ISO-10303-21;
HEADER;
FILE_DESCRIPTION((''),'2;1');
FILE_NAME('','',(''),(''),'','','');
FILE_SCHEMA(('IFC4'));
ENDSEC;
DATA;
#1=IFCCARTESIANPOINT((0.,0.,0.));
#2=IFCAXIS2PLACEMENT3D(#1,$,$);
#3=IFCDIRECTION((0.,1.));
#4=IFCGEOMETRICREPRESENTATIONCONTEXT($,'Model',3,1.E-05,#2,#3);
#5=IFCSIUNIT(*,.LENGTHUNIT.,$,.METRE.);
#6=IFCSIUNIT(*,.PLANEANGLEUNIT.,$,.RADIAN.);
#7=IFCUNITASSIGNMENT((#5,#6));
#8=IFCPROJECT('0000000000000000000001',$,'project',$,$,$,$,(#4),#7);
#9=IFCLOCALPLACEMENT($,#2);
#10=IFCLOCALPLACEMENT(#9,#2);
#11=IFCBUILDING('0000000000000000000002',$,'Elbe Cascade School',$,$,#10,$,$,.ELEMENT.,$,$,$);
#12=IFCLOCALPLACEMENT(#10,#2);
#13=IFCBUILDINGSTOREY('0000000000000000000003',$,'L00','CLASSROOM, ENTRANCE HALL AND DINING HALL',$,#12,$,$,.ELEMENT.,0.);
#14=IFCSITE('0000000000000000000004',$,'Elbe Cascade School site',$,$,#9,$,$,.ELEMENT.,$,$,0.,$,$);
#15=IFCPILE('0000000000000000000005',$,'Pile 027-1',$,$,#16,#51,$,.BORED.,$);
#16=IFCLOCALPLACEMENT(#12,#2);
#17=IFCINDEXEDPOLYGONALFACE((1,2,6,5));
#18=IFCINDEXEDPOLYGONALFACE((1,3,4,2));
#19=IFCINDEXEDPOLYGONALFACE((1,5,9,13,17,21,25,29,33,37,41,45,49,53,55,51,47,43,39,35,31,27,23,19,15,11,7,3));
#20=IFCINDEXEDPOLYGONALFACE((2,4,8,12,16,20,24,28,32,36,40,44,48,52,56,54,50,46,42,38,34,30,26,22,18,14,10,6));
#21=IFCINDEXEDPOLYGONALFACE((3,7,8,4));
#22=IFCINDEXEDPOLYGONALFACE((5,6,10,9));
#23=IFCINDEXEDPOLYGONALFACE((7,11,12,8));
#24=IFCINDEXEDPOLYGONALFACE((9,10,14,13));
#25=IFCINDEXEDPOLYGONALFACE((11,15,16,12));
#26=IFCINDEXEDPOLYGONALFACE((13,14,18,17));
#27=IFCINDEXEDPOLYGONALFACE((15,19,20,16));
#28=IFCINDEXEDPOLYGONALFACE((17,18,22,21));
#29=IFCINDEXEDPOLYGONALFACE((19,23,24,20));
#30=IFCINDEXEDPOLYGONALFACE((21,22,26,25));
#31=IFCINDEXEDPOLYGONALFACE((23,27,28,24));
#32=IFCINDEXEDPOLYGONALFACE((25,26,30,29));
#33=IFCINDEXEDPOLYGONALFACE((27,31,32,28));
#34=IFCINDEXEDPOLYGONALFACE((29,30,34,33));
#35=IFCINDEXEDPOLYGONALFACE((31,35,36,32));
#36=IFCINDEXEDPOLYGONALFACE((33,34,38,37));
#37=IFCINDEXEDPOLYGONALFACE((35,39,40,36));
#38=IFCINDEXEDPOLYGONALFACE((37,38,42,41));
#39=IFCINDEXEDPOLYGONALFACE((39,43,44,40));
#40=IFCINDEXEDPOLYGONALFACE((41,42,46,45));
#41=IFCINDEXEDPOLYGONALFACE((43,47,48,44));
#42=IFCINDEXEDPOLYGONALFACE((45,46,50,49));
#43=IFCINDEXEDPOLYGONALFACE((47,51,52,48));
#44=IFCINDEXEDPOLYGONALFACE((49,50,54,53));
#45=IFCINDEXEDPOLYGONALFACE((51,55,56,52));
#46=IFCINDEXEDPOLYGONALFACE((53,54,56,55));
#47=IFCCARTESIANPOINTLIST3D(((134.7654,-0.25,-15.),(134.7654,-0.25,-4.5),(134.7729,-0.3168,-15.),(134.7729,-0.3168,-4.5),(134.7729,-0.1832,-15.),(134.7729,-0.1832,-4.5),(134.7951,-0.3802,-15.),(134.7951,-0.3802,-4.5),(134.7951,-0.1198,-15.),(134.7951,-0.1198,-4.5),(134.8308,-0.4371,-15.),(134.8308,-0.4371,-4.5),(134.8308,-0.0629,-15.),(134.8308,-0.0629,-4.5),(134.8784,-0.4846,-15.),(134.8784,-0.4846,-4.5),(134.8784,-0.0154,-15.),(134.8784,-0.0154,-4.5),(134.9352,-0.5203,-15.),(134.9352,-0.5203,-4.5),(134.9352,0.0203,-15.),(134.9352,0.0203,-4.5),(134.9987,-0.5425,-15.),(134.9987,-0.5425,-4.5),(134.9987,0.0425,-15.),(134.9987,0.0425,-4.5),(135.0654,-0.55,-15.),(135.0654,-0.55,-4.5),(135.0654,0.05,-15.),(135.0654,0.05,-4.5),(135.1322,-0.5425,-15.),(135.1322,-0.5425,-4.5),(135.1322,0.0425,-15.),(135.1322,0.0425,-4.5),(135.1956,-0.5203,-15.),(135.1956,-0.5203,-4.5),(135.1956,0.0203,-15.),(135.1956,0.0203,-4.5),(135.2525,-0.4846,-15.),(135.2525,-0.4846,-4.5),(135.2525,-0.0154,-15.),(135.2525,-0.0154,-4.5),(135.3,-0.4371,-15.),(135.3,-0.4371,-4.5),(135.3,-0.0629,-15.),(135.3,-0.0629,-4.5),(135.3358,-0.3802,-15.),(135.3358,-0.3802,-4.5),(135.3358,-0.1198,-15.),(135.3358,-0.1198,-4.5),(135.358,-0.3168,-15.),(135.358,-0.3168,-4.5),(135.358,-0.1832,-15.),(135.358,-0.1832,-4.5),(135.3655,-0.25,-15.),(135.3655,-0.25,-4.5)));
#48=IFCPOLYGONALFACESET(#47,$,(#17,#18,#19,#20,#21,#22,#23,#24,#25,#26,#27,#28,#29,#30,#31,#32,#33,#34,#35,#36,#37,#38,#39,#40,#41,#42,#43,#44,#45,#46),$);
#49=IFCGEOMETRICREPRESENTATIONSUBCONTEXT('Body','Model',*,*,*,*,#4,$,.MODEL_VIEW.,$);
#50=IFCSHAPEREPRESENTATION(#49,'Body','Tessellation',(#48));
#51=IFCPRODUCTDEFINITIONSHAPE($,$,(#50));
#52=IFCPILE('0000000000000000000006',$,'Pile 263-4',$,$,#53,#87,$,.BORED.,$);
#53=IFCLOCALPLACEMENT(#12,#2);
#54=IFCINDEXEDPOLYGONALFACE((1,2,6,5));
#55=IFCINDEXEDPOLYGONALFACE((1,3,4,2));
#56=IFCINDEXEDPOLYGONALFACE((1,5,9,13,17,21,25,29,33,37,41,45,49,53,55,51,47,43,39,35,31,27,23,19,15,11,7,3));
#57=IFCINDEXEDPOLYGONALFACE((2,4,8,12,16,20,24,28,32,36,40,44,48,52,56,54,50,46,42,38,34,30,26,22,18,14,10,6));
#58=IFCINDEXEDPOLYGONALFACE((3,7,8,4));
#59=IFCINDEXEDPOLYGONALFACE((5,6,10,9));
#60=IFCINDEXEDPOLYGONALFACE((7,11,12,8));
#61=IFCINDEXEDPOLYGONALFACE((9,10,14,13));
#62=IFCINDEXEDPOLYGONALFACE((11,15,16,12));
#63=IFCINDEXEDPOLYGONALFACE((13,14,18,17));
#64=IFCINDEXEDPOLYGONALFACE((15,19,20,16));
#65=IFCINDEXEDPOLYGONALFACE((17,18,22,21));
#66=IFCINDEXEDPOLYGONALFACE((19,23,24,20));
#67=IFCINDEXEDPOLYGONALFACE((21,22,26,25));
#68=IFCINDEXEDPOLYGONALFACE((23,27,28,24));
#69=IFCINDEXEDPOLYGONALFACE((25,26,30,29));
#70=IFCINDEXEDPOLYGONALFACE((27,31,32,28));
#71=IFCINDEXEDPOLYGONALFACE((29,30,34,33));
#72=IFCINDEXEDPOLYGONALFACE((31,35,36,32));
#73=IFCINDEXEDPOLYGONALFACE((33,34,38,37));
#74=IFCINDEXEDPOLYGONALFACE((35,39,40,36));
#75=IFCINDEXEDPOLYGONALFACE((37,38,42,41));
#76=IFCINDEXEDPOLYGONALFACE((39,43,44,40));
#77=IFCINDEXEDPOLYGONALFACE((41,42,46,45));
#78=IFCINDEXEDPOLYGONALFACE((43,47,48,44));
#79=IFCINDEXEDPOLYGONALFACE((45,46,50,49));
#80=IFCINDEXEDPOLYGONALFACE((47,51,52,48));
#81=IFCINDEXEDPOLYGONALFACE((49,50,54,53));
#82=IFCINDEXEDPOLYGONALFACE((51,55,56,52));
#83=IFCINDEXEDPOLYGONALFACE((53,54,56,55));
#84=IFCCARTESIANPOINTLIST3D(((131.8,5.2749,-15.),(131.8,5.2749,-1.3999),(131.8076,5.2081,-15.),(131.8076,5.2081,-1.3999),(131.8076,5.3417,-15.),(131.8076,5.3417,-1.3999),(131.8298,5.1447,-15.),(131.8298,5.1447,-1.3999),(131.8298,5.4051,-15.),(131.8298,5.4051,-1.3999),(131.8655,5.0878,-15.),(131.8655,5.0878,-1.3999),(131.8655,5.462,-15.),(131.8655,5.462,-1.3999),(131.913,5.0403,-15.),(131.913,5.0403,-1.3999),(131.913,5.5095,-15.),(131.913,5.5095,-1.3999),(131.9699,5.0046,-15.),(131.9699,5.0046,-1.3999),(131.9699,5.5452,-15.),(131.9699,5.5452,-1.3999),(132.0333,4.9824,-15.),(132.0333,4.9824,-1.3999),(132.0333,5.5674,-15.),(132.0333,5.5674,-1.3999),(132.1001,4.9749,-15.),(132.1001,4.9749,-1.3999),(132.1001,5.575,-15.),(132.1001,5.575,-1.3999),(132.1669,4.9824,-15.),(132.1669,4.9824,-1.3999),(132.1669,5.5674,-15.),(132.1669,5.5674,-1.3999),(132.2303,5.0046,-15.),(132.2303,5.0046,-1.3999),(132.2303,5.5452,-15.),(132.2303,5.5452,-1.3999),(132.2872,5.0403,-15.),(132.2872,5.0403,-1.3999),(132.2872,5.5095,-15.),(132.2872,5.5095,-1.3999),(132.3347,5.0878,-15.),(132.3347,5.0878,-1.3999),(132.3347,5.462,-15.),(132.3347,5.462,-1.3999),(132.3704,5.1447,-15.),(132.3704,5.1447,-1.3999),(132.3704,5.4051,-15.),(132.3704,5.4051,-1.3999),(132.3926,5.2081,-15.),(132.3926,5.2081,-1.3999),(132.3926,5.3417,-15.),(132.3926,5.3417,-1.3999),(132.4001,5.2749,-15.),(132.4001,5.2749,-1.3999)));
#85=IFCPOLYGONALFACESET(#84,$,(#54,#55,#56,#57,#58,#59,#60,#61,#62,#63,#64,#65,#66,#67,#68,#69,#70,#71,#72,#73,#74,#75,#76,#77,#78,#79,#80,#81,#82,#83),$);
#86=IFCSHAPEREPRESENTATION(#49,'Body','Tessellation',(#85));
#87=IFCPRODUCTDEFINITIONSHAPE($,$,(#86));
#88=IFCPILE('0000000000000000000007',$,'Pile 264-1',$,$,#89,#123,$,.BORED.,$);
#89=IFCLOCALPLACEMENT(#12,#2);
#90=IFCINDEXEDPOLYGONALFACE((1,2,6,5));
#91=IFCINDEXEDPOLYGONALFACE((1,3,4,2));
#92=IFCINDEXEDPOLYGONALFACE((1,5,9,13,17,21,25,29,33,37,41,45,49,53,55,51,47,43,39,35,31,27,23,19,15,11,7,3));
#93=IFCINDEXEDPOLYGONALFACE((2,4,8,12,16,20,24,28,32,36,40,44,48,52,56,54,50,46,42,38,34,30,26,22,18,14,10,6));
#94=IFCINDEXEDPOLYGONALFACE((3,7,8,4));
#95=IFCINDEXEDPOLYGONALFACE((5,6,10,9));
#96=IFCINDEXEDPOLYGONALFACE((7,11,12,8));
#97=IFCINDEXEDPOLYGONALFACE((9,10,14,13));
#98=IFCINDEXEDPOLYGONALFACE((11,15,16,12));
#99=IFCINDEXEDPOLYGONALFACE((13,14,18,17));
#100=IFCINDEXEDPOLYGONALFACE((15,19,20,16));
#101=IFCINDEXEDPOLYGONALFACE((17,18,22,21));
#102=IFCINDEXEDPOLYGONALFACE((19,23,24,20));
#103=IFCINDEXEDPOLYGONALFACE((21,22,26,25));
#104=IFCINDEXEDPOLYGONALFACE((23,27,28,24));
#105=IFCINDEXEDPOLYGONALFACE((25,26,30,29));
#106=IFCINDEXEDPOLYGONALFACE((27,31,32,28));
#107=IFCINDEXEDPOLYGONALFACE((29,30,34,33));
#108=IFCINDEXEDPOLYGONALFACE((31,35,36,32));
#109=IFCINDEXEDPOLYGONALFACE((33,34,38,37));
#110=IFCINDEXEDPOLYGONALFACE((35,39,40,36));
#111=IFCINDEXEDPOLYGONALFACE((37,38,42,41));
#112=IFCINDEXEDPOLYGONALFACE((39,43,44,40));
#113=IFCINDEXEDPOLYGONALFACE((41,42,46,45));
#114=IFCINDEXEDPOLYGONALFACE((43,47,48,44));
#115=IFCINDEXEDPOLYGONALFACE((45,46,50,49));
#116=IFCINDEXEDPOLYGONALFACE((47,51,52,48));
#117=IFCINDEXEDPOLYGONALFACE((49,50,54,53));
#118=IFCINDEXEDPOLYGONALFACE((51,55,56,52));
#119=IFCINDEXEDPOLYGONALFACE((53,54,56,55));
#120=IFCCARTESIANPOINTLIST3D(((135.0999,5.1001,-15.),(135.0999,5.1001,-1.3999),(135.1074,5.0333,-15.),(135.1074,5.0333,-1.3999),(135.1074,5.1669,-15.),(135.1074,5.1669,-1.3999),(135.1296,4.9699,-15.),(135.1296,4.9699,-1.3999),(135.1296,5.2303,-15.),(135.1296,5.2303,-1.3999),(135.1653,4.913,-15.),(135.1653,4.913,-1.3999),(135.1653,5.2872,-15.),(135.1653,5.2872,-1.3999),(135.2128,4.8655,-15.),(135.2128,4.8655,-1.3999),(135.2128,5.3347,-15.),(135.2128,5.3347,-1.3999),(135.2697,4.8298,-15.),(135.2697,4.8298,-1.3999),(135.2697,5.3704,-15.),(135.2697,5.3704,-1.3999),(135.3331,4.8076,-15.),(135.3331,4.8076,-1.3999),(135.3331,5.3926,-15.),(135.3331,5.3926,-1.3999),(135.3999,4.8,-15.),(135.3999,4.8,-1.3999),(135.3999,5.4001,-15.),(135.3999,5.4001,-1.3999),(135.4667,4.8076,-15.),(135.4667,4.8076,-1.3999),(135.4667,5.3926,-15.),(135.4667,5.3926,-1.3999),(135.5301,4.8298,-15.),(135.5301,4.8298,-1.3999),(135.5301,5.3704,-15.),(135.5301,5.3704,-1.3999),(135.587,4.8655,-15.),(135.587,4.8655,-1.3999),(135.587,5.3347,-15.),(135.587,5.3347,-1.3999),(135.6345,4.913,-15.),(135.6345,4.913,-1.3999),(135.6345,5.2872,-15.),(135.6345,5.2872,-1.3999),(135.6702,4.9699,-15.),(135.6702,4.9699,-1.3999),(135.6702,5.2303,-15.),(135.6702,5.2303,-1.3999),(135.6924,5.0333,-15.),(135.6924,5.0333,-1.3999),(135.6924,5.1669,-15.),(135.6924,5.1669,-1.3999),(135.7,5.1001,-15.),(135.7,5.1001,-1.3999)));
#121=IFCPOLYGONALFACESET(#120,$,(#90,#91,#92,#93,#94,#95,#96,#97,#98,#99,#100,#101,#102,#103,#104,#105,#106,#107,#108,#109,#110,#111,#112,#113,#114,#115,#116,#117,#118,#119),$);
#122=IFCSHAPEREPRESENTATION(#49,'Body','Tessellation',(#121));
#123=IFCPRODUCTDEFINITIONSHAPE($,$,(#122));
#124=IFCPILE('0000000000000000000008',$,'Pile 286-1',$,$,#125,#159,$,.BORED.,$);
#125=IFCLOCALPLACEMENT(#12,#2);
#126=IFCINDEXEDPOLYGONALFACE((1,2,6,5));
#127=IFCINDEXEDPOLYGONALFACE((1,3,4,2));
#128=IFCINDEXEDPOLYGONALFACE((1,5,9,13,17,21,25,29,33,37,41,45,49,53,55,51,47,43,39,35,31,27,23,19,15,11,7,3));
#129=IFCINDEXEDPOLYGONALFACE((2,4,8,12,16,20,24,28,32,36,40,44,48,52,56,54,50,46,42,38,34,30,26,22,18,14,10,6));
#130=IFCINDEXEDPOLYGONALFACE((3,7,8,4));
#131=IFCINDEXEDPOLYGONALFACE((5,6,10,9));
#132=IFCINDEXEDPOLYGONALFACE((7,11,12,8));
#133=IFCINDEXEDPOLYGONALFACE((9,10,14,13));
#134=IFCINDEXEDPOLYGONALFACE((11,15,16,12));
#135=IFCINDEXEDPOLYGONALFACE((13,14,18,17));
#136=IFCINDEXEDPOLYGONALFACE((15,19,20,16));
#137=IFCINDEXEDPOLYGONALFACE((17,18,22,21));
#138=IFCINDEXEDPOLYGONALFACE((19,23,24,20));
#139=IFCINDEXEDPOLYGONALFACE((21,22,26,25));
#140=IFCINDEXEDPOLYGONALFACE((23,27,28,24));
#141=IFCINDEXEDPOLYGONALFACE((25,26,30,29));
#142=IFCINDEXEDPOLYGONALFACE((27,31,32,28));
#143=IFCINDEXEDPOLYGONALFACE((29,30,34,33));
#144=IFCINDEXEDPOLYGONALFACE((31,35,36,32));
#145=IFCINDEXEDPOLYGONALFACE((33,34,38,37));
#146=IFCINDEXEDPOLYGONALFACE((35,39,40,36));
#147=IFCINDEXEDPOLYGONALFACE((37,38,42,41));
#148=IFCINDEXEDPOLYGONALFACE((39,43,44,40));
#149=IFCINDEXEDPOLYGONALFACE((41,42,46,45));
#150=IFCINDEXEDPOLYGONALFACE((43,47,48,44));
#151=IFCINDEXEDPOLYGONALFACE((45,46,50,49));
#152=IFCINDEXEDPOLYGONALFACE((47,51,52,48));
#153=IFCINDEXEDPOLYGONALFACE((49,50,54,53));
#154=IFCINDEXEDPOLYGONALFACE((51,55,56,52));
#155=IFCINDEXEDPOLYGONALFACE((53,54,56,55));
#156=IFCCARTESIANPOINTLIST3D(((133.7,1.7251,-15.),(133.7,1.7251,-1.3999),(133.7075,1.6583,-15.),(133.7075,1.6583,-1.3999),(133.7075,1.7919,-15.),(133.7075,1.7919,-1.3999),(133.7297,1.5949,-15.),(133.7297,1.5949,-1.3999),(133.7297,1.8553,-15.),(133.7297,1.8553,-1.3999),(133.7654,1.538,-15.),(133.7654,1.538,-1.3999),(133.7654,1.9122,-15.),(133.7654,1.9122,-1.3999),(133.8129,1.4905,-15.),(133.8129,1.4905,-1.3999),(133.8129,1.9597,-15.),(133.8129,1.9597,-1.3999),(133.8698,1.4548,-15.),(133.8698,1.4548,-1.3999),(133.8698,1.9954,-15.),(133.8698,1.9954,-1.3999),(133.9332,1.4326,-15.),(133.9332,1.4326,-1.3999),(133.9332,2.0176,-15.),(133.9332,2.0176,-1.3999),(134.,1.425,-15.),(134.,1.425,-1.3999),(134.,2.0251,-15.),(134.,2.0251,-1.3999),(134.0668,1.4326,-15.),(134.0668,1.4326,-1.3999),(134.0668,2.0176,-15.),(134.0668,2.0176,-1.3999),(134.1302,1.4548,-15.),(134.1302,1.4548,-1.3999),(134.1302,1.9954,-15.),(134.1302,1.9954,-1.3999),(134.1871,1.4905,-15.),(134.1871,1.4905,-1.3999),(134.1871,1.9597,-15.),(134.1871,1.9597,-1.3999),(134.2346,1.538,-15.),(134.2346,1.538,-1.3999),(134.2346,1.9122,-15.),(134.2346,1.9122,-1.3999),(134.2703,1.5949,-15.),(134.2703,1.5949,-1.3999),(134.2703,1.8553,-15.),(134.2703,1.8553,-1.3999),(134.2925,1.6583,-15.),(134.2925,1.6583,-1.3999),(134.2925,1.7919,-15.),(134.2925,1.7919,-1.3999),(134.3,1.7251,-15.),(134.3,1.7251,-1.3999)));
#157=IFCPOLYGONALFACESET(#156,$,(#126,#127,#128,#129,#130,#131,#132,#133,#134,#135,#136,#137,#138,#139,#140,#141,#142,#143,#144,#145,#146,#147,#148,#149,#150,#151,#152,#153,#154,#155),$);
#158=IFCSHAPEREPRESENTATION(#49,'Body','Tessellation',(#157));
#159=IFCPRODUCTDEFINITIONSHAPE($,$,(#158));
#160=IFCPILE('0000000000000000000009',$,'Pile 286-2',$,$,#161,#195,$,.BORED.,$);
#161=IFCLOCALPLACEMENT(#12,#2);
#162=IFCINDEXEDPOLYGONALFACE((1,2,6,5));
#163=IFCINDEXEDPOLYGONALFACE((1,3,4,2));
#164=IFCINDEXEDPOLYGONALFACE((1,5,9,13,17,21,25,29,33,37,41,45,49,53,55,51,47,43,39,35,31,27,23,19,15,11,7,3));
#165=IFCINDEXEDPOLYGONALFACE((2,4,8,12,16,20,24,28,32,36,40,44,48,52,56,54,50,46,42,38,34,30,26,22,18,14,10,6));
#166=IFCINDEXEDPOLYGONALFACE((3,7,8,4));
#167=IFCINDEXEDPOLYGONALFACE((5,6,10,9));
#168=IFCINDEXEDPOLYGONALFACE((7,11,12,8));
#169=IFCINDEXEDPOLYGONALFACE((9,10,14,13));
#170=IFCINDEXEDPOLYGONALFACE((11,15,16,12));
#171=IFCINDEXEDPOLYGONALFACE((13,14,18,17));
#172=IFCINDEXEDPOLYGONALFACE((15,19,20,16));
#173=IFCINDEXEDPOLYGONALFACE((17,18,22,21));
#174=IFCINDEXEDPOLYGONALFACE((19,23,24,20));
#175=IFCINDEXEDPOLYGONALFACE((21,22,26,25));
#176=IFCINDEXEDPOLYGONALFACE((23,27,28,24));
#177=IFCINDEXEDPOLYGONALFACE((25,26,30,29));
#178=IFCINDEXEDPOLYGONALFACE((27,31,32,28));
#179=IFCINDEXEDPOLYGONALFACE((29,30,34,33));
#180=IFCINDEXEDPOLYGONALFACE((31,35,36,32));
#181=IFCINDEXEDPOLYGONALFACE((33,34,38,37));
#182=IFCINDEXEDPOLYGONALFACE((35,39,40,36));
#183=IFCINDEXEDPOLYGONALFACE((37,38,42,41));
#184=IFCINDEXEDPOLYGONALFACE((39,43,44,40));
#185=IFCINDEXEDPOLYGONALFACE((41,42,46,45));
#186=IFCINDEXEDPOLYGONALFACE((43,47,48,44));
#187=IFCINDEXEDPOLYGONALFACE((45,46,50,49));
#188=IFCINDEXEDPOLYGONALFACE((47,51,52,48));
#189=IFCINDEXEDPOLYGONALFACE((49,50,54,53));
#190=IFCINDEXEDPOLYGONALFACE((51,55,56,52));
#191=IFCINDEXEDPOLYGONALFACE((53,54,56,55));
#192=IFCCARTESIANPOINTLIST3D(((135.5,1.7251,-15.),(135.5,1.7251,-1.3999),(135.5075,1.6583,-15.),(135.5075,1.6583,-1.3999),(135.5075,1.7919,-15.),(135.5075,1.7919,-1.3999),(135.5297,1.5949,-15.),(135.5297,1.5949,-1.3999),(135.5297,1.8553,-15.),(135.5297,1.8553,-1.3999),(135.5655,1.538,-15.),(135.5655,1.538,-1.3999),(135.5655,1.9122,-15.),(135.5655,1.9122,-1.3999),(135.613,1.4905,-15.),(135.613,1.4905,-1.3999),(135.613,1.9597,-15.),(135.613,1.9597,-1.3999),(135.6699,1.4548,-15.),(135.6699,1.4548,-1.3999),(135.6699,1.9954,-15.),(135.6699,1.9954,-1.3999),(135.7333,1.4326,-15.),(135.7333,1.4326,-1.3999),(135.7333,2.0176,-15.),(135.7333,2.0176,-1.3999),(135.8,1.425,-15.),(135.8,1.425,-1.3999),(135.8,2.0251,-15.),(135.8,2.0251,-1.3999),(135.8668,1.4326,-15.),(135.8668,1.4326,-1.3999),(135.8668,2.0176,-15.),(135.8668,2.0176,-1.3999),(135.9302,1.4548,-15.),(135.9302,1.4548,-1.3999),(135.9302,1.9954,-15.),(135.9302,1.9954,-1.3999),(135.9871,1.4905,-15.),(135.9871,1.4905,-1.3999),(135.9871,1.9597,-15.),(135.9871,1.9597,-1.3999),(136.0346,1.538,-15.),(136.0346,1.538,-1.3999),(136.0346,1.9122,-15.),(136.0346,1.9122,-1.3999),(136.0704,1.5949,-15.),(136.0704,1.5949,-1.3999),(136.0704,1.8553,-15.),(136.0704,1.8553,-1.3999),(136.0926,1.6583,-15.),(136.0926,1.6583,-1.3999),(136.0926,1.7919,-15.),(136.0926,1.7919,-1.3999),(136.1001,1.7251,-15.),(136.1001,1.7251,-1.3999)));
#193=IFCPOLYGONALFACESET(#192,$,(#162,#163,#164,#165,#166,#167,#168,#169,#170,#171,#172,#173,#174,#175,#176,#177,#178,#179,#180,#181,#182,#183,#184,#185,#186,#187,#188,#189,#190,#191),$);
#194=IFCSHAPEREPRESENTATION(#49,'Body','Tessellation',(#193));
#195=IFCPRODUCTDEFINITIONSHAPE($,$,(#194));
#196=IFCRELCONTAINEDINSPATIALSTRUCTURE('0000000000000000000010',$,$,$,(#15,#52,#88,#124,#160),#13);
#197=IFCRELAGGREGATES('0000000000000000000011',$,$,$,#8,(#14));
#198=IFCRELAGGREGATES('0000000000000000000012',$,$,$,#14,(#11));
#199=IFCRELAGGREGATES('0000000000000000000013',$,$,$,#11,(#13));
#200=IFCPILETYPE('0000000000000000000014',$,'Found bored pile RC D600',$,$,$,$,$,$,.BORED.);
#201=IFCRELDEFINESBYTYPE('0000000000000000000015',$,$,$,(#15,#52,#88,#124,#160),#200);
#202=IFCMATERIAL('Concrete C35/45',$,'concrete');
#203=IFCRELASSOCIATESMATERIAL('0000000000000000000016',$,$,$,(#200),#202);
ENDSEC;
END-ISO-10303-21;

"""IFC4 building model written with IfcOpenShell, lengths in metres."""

from ifc_helpers import new_model, si_unit, direction, frame, origin, origin_2d, place, context, subcontext, project, spatial, circle, extrude, material, material_profile, profile_set, type_object, element, save


model = new_model("IFC4")

# Units and contexts
model_context = context("Model", 3, precision=1e-05, world=origin(), true_north=direction((0.0, 1.0)))
body_context = subcontext(model_context, "Body", "Model", "MODEL_VIEW")
ifc_project = project(units=[si_unit("LENGTHUNIT", "METRE"), si_unit("PLANEANGLEUNIT", "RADIAN")], contexts=[model_context])

# Site, building, storey
site_placement = place(None, origin())
site = spatial("IfcSite", under=ifc_project, at=site_placement, Name="Elbe Cascade School site", CompositionType="ELEMENT", RefElevation=0.0)
building_placement = place(site_placement, origin())
building = spatial("IfcBuilding", under=site, at=building_placement, Name="Elbe Cascade School", CompositionType="ELEMENT")
storey_placement = place(building_placement, origin())
storey = spatial("IfcBuildingStorey", under=building, at=storey_placement, Name="L00", Description="CLASSROOM, ENTRANCE HALL AND DINING HALL", CompositionType="ELEMENT", Elevation=0.0)

# Piles
ifc_material_1 = material(Name="Concrete C35/45", Category="concrete")
ifc_material_profile_1 = material_profile(ifc_material_1, circle(Radius=0.3, at=origin_2d()), Name="RC D600")
ifc_profile_set_1 = profile_set([ifc_material_profile_1], Name="Concrete C35/45")
pile_type = type_object("IfcPileType", Name="Found bored pile RC D600", PredefinedType="BORED", material=ifc_profile_set_1)
pile_1_placement = place(storey_placement, frame((135.0654, -0.25, -4.5), z_axis=(0.0, 0.0, -1.0), x_axis=(1.0, 0.0, 0.0)))
element("IfcPile", 1, at=pile_1_placement, inside=storey, type_object=pile_type, Name="Pile 027-1", PredefinedType="BORED", context=body_context, shape_type="SweptSolid", body=[
    extrude(circle(Radius=0.3, at=origin_2d()), origin(), (0.0, 0.0, 1.0), 10.5),
])
for number, where, z_axis, x_axis, name in (
    (2, (132.1001, 5.2749, -1.3999), (0.0, 0.0, -1.0), (1.0, 0.0, 0.0), "Pile 263-4"),
    (3, (135.3999, 5.1001, -1.3999), (0.0, 0.0, -1.0), (1.0, 0.0, 0.0), "Pile 264-1"),
    (4, (134.0, 1.7251, -1.3999), (0.0, 0.0, -1.0), (1.0, 0.0, 0.0), "Pile 286-1"),
    (5, (135.8, 1.7251, -1.3999), (0.0, 0.0, -1.0), (1.0, 0.0, 0.0), "Pile 286-2"),
):
    element("IfcPile", number, at=place(storey_placement, frame(where, z_axis=z_axis, x_axis=x_axis)), inside=storey, type_object=pile_type, Name=name, PredefinedType="BORED", context=body_context, shape_type="SweptSolid", body=[
        extrude(circle(Radius=0.3, at=origin_2d()), origin(), (0.0, 0.0, 1.0), 13.6001),
    ])

save(model, "model.ifc")
